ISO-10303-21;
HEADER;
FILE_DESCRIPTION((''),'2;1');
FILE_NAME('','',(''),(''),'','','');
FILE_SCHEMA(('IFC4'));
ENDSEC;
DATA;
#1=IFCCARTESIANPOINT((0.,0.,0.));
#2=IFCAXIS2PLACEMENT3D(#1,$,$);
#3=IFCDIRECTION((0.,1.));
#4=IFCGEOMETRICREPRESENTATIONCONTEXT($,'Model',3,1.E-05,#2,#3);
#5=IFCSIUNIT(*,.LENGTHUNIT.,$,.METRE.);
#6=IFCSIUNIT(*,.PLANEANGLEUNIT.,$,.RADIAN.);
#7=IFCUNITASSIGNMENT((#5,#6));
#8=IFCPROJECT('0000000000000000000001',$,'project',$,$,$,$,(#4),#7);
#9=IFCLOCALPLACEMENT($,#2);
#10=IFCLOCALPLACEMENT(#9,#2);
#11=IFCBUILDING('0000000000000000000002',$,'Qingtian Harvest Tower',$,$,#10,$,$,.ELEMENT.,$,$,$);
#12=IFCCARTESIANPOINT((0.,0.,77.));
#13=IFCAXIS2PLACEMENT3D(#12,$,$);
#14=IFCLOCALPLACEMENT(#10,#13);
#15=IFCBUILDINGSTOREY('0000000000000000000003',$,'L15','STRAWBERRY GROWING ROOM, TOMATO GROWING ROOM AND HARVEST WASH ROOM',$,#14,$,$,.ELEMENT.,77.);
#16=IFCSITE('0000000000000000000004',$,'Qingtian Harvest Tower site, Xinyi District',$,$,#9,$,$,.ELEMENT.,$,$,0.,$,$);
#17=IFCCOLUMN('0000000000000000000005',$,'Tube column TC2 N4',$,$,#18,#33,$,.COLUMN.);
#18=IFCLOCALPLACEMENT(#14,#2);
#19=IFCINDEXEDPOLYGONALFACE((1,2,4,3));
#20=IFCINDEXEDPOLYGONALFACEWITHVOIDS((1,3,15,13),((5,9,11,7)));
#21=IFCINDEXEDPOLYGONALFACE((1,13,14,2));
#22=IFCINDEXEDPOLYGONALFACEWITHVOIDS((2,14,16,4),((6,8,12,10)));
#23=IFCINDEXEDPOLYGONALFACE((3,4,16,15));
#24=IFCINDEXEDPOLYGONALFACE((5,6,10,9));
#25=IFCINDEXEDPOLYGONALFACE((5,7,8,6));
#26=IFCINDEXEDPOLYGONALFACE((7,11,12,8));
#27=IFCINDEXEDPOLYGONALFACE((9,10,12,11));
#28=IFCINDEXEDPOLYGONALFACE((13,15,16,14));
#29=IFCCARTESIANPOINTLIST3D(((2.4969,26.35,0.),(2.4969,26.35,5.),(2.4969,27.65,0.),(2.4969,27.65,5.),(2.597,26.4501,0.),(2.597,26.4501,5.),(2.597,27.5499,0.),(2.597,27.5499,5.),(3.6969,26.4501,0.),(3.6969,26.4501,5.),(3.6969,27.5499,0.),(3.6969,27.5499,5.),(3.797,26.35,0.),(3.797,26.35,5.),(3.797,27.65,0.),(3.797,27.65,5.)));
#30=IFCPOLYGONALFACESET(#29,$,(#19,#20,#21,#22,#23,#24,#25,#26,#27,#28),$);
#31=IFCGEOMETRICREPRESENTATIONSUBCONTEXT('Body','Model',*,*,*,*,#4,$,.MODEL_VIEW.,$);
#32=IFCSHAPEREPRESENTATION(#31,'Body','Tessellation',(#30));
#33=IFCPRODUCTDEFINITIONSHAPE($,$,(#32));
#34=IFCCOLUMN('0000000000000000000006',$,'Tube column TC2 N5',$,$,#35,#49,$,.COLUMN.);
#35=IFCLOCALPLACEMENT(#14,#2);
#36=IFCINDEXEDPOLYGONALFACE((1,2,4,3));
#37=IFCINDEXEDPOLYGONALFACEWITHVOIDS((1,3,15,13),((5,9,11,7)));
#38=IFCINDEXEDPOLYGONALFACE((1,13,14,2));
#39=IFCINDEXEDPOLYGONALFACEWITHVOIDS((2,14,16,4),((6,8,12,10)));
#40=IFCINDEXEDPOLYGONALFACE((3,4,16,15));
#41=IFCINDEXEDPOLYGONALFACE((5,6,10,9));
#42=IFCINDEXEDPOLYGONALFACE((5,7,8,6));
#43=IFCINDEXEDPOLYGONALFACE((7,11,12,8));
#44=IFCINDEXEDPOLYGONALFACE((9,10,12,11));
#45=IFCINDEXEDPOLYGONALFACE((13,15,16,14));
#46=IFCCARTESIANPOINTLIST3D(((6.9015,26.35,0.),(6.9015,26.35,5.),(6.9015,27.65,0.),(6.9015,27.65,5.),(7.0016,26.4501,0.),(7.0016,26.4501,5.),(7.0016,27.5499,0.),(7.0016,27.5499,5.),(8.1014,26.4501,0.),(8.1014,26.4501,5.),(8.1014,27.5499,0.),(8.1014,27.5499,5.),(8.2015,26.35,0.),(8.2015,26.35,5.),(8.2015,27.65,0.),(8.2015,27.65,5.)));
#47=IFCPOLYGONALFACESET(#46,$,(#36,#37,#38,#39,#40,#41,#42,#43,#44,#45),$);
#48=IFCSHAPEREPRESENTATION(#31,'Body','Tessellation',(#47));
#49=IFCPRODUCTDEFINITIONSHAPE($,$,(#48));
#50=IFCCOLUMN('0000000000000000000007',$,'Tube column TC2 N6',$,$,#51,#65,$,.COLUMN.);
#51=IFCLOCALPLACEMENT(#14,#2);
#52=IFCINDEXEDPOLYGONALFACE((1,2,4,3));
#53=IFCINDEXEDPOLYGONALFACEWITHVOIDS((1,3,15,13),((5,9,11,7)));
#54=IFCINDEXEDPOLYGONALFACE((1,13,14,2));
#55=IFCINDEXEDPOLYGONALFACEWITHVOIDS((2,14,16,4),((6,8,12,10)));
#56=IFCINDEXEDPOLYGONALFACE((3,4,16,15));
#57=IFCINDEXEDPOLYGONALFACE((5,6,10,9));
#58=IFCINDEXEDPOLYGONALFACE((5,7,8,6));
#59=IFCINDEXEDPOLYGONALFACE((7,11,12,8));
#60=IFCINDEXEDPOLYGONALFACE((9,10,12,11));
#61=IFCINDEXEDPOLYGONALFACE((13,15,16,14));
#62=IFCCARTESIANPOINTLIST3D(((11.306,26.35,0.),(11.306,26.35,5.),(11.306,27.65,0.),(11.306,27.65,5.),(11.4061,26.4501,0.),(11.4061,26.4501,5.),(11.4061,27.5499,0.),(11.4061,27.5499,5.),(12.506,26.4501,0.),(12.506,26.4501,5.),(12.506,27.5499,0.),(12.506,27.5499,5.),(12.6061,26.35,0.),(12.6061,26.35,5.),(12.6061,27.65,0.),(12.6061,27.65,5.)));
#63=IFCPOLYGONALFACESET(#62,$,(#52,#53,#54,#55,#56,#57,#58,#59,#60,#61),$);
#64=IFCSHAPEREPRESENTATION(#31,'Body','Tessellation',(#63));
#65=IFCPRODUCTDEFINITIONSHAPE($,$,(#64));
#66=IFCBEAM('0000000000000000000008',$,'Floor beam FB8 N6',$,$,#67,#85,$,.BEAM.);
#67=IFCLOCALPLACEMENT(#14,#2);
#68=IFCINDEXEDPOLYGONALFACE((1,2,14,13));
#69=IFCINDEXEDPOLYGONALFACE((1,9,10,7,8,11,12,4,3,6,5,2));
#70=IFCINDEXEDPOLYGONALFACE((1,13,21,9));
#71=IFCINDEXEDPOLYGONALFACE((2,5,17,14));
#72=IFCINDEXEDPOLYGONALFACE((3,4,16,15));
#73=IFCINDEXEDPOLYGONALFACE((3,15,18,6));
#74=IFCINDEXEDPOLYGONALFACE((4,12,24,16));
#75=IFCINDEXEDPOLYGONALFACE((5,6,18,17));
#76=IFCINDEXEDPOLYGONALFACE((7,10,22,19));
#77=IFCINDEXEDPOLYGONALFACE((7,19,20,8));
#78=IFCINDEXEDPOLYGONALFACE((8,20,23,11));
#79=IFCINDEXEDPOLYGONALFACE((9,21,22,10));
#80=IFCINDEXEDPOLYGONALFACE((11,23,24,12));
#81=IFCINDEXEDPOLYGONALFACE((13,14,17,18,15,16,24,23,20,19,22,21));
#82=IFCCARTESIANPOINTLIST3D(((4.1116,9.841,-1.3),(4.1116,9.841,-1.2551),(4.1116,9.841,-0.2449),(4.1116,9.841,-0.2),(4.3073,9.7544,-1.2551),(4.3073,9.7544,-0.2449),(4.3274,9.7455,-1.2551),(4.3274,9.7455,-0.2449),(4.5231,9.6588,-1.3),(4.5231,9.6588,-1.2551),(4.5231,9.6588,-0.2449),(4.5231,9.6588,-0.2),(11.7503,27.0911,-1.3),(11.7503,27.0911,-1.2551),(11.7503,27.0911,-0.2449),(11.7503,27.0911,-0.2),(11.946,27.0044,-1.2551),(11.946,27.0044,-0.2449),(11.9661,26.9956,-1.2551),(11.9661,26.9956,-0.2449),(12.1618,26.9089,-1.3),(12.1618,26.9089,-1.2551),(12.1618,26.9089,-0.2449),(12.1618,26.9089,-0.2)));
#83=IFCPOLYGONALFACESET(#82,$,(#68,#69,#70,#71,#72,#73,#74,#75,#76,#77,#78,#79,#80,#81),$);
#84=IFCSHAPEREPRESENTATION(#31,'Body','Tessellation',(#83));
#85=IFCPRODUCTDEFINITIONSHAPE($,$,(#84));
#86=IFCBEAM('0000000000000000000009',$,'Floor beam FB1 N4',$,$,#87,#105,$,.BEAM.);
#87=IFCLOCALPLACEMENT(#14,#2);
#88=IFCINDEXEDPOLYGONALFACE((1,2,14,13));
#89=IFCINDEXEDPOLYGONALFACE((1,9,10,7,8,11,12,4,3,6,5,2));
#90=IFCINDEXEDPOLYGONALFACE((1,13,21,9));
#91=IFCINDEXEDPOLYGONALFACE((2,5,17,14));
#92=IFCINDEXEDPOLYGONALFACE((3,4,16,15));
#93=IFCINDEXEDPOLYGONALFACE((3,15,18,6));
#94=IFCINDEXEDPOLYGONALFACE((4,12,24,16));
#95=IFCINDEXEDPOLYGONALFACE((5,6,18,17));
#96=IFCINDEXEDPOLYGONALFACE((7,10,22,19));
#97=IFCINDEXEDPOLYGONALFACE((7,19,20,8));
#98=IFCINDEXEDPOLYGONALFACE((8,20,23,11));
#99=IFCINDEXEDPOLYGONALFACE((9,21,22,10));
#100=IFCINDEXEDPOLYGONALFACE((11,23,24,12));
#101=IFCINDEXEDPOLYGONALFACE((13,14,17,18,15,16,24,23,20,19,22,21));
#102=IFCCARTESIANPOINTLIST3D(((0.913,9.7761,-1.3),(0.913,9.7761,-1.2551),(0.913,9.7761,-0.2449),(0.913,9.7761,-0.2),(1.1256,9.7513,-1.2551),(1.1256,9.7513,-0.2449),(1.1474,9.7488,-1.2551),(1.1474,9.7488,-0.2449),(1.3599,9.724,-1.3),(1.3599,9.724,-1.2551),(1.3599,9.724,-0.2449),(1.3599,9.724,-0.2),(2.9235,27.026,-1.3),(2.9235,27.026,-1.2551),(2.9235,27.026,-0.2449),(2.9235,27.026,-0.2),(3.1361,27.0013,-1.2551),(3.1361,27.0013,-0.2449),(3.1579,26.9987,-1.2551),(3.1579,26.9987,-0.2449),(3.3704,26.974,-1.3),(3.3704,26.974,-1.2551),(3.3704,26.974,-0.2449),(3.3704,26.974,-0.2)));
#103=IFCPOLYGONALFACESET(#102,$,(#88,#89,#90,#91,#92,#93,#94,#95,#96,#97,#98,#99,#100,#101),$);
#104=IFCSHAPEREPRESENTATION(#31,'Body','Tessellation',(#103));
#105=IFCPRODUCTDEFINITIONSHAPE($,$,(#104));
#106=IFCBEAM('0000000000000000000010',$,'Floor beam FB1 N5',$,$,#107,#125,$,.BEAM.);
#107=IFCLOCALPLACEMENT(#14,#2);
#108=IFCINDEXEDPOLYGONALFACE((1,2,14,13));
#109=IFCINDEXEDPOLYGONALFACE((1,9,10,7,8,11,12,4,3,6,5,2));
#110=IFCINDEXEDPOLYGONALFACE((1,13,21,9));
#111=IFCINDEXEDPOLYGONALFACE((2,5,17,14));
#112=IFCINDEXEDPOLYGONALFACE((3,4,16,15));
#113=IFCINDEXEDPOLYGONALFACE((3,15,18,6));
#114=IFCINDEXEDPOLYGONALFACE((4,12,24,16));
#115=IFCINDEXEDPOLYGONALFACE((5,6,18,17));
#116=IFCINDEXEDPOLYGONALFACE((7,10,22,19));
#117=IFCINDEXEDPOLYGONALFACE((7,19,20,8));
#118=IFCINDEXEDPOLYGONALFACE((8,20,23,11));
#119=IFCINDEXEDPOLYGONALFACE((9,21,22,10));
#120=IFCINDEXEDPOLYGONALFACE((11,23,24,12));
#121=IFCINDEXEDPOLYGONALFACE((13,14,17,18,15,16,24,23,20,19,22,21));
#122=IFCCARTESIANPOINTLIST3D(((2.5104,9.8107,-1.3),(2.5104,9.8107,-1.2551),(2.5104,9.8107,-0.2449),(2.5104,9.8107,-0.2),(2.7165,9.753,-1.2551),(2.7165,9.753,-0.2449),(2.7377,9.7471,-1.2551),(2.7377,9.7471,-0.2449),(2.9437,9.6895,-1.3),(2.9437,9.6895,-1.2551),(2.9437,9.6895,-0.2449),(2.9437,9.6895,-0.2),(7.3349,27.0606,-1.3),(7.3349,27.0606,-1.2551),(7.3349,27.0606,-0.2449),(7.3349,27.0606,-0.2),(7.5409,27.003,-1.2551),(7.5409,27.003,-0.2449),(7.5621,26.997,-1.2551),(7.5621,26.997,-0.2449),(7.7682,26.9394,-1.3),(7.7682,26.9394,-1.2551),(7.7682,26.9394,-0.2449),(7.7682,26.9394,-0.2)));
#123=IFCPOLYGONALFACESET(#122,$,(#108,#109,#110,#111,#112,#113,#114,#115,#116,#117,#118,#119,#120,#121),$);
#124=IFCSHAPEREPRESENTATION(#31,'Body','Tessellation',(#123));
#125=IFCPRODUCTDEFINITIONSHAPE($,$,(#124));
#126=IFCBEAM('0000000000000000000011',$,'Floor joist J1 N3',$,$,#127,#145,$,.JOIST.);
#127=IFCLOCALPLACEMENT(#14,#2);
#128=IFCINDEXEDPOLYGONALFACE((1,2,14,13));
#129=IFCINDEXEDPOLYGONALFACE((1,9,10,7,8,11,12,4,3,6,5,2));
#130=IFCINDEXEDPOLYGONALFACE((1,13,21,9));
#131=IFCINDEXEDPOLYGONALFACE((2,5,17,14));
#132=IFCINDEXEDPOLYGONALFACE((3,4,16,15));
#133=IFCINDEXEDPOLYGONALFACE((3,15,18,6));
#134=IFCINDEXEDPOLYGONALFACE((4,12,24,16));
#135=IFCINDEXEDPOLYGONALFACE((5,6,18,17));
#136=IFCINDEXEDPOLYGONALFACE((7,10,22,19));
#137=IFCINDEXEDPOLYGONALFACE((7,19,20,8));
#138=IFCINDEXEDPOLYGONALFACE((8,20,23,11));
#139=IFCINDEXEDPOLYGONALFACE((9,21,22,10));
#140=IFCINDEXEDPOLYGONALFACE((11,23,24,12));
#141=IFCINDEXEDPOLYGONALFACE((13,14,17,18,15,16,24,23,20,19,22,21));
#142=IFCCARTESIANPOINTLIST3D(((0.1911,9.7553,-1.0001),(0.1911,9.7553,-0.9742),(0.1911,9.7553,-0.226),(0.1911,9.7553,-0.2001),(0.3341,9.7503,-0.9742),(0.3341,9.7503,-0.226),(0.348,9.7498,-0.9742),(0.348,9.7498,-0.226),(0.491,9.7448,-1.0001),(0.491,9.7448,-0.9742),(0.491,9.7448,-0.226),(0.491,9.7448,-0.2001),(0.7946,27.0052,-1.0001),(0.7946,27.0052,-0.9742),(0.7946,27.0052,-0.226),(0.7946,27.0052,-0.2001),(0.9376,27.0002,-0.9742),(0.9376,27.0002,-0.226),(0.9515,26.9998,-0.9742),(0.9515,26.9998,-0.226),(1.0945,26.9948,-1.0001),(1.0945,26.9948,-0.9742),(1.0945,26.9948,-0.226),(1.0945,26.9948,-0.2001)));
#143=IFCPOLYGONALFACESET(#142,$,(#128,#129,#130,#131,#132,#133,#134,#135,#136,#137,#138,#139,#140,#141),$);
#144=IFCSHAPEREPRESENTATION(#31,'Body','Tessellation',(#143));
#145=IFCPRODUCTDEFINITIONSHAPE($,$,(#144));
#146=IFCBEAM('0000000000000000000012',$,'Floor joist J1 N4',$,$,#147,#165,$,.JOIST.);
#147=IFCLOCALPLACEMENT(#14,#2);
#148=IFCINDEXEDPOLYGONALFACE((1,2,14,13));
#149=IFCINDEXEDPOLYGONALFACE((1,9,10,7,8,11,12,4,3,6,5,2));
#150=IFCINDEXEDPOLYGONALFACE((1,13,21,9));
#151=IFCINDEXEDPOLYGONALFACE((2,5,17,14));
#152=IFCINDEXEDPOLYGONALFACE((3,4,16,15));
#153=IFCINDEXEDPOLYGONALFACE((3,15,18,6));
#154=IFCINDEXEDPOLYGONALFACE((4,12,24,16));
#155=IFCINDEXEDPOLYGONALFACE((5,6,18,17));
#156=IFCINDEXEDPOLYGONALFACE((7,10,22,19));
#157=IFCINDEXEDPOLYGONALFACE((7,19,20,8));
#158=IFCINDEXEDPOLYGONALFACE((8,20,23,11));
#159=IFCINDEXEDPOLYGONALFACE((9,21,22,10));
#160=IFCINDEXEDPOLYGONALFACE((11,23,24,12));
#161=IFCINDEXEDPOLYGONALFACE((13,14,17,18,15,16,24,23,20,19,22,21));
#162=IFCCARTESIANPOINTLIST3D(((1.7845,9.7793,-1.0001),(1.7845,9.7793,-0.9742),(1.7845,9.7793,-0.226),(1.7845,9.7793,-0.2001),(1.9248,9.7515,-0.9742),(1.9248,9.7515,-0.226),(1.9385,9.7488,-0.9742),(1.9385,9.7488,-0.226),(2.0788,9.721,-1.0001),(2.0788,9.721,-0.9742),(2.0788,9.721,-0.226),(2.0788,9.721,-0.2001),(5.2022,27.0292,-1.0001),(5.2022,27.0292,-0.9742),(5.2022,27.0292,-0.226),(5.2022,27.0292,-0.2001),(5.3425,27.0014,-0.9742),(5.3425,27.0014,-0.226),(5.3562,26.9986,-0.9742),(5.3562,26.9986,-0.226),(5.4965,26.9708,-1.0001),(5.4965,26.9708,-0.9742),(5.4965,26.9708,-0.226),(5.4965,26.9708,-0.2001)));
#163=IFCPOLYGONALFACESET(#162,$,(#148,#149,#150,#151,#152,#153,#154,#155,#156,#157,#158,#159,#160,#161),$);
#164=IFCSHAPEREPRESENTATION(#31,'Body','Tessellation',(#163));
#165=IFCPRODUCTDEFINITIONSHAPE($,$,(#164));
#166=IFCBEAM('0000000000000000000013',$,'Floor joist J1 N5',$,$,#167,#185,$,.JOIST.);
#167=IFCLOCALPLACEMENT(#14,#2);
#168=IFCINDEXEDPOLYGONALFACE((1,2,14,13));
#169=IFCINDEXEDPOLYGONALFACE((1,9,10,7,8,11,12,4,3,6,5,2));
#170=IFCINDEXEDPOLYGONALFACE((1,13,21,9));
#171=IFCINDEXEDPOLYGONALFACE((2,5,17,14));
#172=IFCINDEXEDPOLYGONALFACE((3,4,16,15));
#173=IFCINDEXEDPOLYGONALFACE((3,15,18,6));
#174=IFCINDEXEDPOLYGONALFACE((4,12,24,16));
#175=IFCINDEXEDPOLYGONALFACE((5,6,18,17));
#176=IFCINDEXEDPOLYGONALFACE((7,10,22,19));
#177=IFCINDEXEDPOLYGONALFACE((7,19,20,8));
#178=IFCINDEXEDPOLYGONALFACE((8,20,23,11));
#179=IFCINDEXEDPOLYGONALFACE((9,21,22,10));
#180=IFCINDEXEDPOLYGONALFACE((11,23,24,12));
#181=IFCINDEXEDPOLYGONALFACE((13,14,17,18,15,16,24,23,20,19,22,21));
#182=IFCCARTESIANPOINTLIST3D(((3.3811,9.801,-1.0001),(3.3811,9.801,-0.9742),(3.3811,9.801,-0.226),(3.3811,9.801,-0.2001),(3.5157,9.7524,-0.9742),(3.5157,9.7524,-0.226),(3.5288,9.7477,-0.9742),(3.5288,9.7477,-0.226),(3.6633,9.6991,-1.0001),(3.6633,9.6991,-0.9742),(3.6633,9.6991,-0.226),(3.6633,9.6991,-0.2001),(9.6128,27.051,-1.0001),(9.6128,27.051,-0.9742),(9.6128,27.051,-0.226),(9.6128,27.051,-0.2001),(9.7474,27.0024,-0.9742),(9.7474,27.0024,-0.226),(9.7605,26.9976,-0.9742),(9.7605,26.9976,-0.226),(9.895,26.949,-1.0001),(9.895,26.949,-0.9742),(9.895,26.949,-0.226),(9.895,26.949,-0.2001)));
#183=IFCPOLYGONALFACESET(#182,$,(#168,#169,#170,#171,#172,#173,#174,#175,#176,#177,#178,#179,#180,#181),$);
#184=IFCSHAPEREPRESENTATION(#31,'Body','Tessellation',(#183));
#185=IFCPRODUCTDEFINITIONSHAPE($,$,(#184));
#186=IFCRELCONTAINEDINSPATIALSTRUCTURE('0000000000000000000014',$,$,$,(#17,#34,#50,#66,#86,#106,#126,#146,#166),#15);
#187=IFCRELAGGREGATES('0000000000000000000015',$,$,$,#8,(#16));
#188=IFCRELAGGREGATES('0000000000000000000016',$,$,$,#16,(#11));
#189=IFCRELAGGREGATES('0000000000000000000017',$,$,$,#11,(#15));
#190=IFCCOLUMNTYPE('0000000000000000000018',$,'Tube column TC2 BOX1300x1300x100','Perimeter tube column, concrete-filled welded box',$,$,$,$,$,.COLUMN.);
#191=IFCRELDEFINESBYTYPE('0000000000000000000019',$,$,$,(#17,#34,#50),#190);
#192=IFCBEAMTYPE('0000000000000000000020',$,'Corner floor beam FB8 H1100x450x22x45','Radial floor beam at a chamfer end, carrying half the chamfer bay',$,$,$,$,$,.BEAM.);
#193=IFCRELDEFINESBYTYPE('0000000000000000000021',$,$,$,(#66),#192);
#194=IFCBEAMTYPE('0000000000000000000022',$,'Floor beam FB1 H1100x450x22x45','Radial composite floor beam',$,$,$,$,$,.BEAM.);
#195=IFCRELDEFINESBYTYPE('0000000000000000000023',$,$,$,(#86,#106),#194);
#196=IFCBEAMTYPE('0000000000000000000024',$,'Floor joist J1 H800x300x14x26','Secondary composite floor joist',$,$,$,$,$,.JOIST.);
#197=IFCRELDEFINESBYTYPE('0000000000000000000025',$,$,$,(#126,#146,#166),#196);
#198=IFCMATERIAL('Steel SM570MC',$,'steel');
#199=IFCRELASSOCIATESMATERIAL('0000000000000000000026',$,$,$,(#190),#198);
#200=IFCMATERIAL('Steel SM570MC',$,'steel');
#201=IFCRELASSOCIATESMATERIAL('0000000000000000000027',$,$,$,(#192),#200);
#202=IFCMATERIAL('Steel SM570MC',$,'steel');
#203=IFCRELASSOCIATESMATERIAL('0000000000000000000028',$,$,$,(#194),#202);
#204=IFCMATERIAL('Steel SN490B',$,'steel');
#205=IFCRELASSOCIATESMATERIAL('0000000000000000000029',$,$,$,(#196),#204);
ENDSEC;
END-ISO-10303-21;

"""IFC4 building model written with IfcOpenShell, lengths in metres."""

from ifc_helpers import new_model, si_unit, direction, frame, origin, origin_2d, place, context, subcontext, project, spatial, hollow_rectangle, i_section, extrude, material, material_profile, profile_set, type_object, element, save


model = new_model("IFC4")

# Units and contexts
model_context = context("Model", 3, precision=1e-05, world=origin(), true_north=direction((0.0, 1.0)))
body_context = subcontext(model_context, "Body", "Model", "MODEL_VIEW")
ifc_project = project(units=[si_unit("LENGTHUNIT", "METRE"), si_unit("PLANEANGLEUNIT", "RADIAN")], contexts=[model_context])

# Site, building, storey
site_placement = place(None, origin())
site = spatial("IfcSite", under=ifc_project, at=site_placement, Name="Qingtian Harvest Tower site, Xinyi District", CompositionType="ELEMENT", RefElevation=0.0)
building_placement = place(site_placement, origin())
building = spatial("IfcBuilding", under=site, at=building_placement, Name="Qingtian Harvest Tower", CompositionType="ELEMENT")
storey_placement = place(building_placement, frame((0.0, 0.0, 77.0)))
storey = spatial("IfcBuildingStorey", under=building, at=storey_placement, Name="L15", Description="STRAWBERRY GROWING ROOM, TOMATO GROWING ROOM AND HARVEST WASH ROOM", CompositionType="ELEMENT", Elevation=77.0)

# Columns
ifc_material_1 = material(Name="Steel SM570MC", Category="steel")
ifc_material_profile_1 = material_profile(ifc_material_1, hollow_rectangle(XDim=1.3, YDim=1.3, WallThickness=0.1001, at=origin_2d()), Name="BOX1300x1300x100")
ifc_profile_set_1 = profile_set([ifc_material_profile_1], Name="Steel SM570MC")
column_type = type_object("IfcColumnType", Name="Tube column TC2 BOX1300x1300x100", Description="Perimeter tube column, concrete-filled welded box", PredefinedType="COLUMN", material=ifc_profile_set_1)
for number, where, z_axis, x_axis, name in (
    (1, (3.147, 27.0, 0.0), (0.0, 0.0, 1.0), (-1.0, 0.0, 0.0), "Tube column TC2 N4"),
    (2, (7.5515, 27.0, 0.0), (0.0, 0.0, 1.0), (-1.0, 0.0, 0.0), "Tube column TC2 N5"),
    (3, (11.9561, 27.0, 0.0), (0.0, 0.0, 1.0), (-1.0, 0.0, 0.0), "Tube column TC2 N6"),
):
    element("IfcColumn", number, at=place(storey_placement, frame(where, z_axis=z_axis, x_axis=x_axis)), inside=storey, type_object=column_type, Name=name, PredefinedType="COLUMN", context=body_context, shape_type="SweptSolid", body=[
        extrude(hollow_rectangle(XDim=1.3, YDim=1.3, WallThickness=0.1001, at=origin_2d()), origin(), (0.0, 0.0, 1.0), 5.0),
    ])

# Beams
ifc_material_2 = material(Name="Steel SM570MC", Category="steel")
ifc_material_profile_2 = material_profile(ifc_material_2, i_section(OverallWidth=0.45, OverallDepth=1.1001, WebThickness=0.022, FlangeThickness=0.0449, at=origin_2d()), Name="H1100x450x22x45")
ifc_profile_set_2 = profile_set([ifc_material_profile_2], Name="Steel SM570MC")
beam_type_1 = type_object("IfcBeamType", Name="Corner floor beam FB8 H1100x450x22x45", Description="Radial floor beam at a chamfer end, carrying half the chamfer bay", PredefinedType="BEAM", material=ifc_profile_set_2)
beam_1_placement = place(storey_placement, frame((11.9561, 27.0, -0.75), z_axis=(-0.404899, -0.914361, 0.0), x_axis=(0.914361, -0.404899, 0.0)))
element("IfcBeam", 4, at=beam_1_placement, inside=storey, type_object=beam_type_1, Name="Floor beam FB8 N6", PredefinedType="BEAM", context=body_context, shape_type="SweptSolid", body=[
    extrude(i_section(OverallWidth=0.45, OverallDepth=1.1001, WebThickness=0.022, FlangeThickness=0.0449, at=origin_2d()), origin(), (0.0, 0.0, 1.0), 18.8657),
])
ifc_material_3 = material(Name="Steel SM570MC", Category="steel")
ifc_material_profile_3 = material_profile(ifc_material_3, i_section(OverallWidth=0.45, OverallDepth=1.1001, WebThickness=0.022, FlangeThickness=0.0449, at=origin_2d()), Name="H1100x450x22x45")
ifc_profile_set_3 = profile_set([ifc_material_profile_3], Name="Steel SM570MC")
beam_type_2 = type_object("IfcBeamType", Name="Floor beam FB1 H1100x450x22x45", Description="Radial composite floor beam", PredefinedType="BEAM", material=ifc_profile_set_3)
beam_2_placement = place(storey_placement, frame((3.147, 27.0, -0.75), z_axis=(-0.115767, -0.993276, 0.0), x_axis=(0.993276, -0.115767, 0.0)))
element("IfcBeam", 5, at=beam_2_placement, inside=storey, type_object=beam_type_2, Name="Floor beam FB1 N4", PredefinedType="BEAM", context=body_context, shape_type="SweptSolid", body=[
    extrude(i_section(OverallWidth=0.45, OverallDepth=1.1001, WebThickness=0.022, FlangeThickness=0.0449, at=origin_2d()), origin(), (0.0, 0.0, 1.0), 17.3667),
])
beam_3_placement = place(storey_placement, frame((7.5515, 27.0, -0.75), z_axis=(-0.269343, -0.963044, 0.0), x_axis=(0.963044, -0.269343, 0.0)))
element("IfcBeam", 6, at=beam_3_placement, inside=storey, type_object=beam_type_2, Name="Floor beam FB1 N5", PredefinedType="BEAM", context=body_context, shape_type="SweptSolid", body=[
    extrude(i_section(OverallWidth=0.45, OverallDepth=1.1001, WebThickness=0.022, FlangeThickness=0.0449, at=origin_2d()), origin(), (0.0, 0.0, 1.0), 17.9119),
])
ifc_material_4 = material(Name="Steel SN490B", Category="steel")
ifc_material_profile_4 = material_profile(ifc_material_4, i_section(OverallWidth=0.3, OverallDepth=0.8, WebThickness=0.0139, FlangeThickness=0.0259, at=origin_2d()), Name="H800x300x14x26")
ifc_profile_set_4 = profile_set([ifc_material_profile_4], Name="Steel SN490B")
beam_type_3 = type_object("IfcBeamType", Name="Floor joist J1 H800x300x14x26", Description="Secondary composite floor joist", PredefinedType="JOIST", material=ifc_profile_set_4)
beam_4_placement = place(storey_placement, frame((0.9446, 27.0, -0.6001), z_axis=(-0.034965, -0.999389, 0.0), x_axis=(0.999389, -0.034965, 0.0)))
element("IfcBeam", 7, at=beam_4_placement, inside=storey, type_object=beam_type_3, Name="Floor joist J1 N3", PredefinedType="JOIST", context=body_context, shape_type="SweptSolid", body=[
    extrude(i_section(OverallWidth=0.3, OverallDepth=0.8, WebThickness=0.0139, FlangeThickness=0.0259, at=origin_2d()), origin(), (0.0, 0.0, 1.0), 17.2605),
])
beam_5_placement = place(storey_placement, frame((5.3494, 27.0, -0.6001), z_axis=(-0.194351, -0.980932, 0.0), x_axis=(0.980932, -0.194351, 0.0)))
element("IfcBeam", 8, at=beam_5_placement, inside=storey, type_object=beam_type_3, Name="Floor joist J1 N4", PredefinedType="JOIST", context=body_context, shape_type="SweptSolid", body=[
    extrude(i_section(OverallWidth=0.3, OverallDepth=0.8, WebThickness=0.0139, FlangeThickness=0.0259, at=origin_2d()), origin(), (0.0, 0.0, 1.0), 17.5852),
])
beam_6_placement = place(storey_placement, frame((9.7539, 27.0, -0.6001), z_axis=(-0.339766, -0.94051, 0.0), x_axis=(0.94051, -0.339766, 0.0)))
element("IfcBeam", 9, at=beam_6_placement, inside=storey, type_object=beam_type_3, Name="Floor joist J1 N5", PredefinedType="JOIST", context=body_context, shape_type="SweptSolid", body=[
    extrude(i_section(OverallWidth=0.3, OverallDepth=0.8, WebThickness=0.0139, FlangeThickness=0.0259, at=origin_2d()), origin(), (0.0, 0.0, 1.0), 18.3411),
])

save(model, "model.ifc")
